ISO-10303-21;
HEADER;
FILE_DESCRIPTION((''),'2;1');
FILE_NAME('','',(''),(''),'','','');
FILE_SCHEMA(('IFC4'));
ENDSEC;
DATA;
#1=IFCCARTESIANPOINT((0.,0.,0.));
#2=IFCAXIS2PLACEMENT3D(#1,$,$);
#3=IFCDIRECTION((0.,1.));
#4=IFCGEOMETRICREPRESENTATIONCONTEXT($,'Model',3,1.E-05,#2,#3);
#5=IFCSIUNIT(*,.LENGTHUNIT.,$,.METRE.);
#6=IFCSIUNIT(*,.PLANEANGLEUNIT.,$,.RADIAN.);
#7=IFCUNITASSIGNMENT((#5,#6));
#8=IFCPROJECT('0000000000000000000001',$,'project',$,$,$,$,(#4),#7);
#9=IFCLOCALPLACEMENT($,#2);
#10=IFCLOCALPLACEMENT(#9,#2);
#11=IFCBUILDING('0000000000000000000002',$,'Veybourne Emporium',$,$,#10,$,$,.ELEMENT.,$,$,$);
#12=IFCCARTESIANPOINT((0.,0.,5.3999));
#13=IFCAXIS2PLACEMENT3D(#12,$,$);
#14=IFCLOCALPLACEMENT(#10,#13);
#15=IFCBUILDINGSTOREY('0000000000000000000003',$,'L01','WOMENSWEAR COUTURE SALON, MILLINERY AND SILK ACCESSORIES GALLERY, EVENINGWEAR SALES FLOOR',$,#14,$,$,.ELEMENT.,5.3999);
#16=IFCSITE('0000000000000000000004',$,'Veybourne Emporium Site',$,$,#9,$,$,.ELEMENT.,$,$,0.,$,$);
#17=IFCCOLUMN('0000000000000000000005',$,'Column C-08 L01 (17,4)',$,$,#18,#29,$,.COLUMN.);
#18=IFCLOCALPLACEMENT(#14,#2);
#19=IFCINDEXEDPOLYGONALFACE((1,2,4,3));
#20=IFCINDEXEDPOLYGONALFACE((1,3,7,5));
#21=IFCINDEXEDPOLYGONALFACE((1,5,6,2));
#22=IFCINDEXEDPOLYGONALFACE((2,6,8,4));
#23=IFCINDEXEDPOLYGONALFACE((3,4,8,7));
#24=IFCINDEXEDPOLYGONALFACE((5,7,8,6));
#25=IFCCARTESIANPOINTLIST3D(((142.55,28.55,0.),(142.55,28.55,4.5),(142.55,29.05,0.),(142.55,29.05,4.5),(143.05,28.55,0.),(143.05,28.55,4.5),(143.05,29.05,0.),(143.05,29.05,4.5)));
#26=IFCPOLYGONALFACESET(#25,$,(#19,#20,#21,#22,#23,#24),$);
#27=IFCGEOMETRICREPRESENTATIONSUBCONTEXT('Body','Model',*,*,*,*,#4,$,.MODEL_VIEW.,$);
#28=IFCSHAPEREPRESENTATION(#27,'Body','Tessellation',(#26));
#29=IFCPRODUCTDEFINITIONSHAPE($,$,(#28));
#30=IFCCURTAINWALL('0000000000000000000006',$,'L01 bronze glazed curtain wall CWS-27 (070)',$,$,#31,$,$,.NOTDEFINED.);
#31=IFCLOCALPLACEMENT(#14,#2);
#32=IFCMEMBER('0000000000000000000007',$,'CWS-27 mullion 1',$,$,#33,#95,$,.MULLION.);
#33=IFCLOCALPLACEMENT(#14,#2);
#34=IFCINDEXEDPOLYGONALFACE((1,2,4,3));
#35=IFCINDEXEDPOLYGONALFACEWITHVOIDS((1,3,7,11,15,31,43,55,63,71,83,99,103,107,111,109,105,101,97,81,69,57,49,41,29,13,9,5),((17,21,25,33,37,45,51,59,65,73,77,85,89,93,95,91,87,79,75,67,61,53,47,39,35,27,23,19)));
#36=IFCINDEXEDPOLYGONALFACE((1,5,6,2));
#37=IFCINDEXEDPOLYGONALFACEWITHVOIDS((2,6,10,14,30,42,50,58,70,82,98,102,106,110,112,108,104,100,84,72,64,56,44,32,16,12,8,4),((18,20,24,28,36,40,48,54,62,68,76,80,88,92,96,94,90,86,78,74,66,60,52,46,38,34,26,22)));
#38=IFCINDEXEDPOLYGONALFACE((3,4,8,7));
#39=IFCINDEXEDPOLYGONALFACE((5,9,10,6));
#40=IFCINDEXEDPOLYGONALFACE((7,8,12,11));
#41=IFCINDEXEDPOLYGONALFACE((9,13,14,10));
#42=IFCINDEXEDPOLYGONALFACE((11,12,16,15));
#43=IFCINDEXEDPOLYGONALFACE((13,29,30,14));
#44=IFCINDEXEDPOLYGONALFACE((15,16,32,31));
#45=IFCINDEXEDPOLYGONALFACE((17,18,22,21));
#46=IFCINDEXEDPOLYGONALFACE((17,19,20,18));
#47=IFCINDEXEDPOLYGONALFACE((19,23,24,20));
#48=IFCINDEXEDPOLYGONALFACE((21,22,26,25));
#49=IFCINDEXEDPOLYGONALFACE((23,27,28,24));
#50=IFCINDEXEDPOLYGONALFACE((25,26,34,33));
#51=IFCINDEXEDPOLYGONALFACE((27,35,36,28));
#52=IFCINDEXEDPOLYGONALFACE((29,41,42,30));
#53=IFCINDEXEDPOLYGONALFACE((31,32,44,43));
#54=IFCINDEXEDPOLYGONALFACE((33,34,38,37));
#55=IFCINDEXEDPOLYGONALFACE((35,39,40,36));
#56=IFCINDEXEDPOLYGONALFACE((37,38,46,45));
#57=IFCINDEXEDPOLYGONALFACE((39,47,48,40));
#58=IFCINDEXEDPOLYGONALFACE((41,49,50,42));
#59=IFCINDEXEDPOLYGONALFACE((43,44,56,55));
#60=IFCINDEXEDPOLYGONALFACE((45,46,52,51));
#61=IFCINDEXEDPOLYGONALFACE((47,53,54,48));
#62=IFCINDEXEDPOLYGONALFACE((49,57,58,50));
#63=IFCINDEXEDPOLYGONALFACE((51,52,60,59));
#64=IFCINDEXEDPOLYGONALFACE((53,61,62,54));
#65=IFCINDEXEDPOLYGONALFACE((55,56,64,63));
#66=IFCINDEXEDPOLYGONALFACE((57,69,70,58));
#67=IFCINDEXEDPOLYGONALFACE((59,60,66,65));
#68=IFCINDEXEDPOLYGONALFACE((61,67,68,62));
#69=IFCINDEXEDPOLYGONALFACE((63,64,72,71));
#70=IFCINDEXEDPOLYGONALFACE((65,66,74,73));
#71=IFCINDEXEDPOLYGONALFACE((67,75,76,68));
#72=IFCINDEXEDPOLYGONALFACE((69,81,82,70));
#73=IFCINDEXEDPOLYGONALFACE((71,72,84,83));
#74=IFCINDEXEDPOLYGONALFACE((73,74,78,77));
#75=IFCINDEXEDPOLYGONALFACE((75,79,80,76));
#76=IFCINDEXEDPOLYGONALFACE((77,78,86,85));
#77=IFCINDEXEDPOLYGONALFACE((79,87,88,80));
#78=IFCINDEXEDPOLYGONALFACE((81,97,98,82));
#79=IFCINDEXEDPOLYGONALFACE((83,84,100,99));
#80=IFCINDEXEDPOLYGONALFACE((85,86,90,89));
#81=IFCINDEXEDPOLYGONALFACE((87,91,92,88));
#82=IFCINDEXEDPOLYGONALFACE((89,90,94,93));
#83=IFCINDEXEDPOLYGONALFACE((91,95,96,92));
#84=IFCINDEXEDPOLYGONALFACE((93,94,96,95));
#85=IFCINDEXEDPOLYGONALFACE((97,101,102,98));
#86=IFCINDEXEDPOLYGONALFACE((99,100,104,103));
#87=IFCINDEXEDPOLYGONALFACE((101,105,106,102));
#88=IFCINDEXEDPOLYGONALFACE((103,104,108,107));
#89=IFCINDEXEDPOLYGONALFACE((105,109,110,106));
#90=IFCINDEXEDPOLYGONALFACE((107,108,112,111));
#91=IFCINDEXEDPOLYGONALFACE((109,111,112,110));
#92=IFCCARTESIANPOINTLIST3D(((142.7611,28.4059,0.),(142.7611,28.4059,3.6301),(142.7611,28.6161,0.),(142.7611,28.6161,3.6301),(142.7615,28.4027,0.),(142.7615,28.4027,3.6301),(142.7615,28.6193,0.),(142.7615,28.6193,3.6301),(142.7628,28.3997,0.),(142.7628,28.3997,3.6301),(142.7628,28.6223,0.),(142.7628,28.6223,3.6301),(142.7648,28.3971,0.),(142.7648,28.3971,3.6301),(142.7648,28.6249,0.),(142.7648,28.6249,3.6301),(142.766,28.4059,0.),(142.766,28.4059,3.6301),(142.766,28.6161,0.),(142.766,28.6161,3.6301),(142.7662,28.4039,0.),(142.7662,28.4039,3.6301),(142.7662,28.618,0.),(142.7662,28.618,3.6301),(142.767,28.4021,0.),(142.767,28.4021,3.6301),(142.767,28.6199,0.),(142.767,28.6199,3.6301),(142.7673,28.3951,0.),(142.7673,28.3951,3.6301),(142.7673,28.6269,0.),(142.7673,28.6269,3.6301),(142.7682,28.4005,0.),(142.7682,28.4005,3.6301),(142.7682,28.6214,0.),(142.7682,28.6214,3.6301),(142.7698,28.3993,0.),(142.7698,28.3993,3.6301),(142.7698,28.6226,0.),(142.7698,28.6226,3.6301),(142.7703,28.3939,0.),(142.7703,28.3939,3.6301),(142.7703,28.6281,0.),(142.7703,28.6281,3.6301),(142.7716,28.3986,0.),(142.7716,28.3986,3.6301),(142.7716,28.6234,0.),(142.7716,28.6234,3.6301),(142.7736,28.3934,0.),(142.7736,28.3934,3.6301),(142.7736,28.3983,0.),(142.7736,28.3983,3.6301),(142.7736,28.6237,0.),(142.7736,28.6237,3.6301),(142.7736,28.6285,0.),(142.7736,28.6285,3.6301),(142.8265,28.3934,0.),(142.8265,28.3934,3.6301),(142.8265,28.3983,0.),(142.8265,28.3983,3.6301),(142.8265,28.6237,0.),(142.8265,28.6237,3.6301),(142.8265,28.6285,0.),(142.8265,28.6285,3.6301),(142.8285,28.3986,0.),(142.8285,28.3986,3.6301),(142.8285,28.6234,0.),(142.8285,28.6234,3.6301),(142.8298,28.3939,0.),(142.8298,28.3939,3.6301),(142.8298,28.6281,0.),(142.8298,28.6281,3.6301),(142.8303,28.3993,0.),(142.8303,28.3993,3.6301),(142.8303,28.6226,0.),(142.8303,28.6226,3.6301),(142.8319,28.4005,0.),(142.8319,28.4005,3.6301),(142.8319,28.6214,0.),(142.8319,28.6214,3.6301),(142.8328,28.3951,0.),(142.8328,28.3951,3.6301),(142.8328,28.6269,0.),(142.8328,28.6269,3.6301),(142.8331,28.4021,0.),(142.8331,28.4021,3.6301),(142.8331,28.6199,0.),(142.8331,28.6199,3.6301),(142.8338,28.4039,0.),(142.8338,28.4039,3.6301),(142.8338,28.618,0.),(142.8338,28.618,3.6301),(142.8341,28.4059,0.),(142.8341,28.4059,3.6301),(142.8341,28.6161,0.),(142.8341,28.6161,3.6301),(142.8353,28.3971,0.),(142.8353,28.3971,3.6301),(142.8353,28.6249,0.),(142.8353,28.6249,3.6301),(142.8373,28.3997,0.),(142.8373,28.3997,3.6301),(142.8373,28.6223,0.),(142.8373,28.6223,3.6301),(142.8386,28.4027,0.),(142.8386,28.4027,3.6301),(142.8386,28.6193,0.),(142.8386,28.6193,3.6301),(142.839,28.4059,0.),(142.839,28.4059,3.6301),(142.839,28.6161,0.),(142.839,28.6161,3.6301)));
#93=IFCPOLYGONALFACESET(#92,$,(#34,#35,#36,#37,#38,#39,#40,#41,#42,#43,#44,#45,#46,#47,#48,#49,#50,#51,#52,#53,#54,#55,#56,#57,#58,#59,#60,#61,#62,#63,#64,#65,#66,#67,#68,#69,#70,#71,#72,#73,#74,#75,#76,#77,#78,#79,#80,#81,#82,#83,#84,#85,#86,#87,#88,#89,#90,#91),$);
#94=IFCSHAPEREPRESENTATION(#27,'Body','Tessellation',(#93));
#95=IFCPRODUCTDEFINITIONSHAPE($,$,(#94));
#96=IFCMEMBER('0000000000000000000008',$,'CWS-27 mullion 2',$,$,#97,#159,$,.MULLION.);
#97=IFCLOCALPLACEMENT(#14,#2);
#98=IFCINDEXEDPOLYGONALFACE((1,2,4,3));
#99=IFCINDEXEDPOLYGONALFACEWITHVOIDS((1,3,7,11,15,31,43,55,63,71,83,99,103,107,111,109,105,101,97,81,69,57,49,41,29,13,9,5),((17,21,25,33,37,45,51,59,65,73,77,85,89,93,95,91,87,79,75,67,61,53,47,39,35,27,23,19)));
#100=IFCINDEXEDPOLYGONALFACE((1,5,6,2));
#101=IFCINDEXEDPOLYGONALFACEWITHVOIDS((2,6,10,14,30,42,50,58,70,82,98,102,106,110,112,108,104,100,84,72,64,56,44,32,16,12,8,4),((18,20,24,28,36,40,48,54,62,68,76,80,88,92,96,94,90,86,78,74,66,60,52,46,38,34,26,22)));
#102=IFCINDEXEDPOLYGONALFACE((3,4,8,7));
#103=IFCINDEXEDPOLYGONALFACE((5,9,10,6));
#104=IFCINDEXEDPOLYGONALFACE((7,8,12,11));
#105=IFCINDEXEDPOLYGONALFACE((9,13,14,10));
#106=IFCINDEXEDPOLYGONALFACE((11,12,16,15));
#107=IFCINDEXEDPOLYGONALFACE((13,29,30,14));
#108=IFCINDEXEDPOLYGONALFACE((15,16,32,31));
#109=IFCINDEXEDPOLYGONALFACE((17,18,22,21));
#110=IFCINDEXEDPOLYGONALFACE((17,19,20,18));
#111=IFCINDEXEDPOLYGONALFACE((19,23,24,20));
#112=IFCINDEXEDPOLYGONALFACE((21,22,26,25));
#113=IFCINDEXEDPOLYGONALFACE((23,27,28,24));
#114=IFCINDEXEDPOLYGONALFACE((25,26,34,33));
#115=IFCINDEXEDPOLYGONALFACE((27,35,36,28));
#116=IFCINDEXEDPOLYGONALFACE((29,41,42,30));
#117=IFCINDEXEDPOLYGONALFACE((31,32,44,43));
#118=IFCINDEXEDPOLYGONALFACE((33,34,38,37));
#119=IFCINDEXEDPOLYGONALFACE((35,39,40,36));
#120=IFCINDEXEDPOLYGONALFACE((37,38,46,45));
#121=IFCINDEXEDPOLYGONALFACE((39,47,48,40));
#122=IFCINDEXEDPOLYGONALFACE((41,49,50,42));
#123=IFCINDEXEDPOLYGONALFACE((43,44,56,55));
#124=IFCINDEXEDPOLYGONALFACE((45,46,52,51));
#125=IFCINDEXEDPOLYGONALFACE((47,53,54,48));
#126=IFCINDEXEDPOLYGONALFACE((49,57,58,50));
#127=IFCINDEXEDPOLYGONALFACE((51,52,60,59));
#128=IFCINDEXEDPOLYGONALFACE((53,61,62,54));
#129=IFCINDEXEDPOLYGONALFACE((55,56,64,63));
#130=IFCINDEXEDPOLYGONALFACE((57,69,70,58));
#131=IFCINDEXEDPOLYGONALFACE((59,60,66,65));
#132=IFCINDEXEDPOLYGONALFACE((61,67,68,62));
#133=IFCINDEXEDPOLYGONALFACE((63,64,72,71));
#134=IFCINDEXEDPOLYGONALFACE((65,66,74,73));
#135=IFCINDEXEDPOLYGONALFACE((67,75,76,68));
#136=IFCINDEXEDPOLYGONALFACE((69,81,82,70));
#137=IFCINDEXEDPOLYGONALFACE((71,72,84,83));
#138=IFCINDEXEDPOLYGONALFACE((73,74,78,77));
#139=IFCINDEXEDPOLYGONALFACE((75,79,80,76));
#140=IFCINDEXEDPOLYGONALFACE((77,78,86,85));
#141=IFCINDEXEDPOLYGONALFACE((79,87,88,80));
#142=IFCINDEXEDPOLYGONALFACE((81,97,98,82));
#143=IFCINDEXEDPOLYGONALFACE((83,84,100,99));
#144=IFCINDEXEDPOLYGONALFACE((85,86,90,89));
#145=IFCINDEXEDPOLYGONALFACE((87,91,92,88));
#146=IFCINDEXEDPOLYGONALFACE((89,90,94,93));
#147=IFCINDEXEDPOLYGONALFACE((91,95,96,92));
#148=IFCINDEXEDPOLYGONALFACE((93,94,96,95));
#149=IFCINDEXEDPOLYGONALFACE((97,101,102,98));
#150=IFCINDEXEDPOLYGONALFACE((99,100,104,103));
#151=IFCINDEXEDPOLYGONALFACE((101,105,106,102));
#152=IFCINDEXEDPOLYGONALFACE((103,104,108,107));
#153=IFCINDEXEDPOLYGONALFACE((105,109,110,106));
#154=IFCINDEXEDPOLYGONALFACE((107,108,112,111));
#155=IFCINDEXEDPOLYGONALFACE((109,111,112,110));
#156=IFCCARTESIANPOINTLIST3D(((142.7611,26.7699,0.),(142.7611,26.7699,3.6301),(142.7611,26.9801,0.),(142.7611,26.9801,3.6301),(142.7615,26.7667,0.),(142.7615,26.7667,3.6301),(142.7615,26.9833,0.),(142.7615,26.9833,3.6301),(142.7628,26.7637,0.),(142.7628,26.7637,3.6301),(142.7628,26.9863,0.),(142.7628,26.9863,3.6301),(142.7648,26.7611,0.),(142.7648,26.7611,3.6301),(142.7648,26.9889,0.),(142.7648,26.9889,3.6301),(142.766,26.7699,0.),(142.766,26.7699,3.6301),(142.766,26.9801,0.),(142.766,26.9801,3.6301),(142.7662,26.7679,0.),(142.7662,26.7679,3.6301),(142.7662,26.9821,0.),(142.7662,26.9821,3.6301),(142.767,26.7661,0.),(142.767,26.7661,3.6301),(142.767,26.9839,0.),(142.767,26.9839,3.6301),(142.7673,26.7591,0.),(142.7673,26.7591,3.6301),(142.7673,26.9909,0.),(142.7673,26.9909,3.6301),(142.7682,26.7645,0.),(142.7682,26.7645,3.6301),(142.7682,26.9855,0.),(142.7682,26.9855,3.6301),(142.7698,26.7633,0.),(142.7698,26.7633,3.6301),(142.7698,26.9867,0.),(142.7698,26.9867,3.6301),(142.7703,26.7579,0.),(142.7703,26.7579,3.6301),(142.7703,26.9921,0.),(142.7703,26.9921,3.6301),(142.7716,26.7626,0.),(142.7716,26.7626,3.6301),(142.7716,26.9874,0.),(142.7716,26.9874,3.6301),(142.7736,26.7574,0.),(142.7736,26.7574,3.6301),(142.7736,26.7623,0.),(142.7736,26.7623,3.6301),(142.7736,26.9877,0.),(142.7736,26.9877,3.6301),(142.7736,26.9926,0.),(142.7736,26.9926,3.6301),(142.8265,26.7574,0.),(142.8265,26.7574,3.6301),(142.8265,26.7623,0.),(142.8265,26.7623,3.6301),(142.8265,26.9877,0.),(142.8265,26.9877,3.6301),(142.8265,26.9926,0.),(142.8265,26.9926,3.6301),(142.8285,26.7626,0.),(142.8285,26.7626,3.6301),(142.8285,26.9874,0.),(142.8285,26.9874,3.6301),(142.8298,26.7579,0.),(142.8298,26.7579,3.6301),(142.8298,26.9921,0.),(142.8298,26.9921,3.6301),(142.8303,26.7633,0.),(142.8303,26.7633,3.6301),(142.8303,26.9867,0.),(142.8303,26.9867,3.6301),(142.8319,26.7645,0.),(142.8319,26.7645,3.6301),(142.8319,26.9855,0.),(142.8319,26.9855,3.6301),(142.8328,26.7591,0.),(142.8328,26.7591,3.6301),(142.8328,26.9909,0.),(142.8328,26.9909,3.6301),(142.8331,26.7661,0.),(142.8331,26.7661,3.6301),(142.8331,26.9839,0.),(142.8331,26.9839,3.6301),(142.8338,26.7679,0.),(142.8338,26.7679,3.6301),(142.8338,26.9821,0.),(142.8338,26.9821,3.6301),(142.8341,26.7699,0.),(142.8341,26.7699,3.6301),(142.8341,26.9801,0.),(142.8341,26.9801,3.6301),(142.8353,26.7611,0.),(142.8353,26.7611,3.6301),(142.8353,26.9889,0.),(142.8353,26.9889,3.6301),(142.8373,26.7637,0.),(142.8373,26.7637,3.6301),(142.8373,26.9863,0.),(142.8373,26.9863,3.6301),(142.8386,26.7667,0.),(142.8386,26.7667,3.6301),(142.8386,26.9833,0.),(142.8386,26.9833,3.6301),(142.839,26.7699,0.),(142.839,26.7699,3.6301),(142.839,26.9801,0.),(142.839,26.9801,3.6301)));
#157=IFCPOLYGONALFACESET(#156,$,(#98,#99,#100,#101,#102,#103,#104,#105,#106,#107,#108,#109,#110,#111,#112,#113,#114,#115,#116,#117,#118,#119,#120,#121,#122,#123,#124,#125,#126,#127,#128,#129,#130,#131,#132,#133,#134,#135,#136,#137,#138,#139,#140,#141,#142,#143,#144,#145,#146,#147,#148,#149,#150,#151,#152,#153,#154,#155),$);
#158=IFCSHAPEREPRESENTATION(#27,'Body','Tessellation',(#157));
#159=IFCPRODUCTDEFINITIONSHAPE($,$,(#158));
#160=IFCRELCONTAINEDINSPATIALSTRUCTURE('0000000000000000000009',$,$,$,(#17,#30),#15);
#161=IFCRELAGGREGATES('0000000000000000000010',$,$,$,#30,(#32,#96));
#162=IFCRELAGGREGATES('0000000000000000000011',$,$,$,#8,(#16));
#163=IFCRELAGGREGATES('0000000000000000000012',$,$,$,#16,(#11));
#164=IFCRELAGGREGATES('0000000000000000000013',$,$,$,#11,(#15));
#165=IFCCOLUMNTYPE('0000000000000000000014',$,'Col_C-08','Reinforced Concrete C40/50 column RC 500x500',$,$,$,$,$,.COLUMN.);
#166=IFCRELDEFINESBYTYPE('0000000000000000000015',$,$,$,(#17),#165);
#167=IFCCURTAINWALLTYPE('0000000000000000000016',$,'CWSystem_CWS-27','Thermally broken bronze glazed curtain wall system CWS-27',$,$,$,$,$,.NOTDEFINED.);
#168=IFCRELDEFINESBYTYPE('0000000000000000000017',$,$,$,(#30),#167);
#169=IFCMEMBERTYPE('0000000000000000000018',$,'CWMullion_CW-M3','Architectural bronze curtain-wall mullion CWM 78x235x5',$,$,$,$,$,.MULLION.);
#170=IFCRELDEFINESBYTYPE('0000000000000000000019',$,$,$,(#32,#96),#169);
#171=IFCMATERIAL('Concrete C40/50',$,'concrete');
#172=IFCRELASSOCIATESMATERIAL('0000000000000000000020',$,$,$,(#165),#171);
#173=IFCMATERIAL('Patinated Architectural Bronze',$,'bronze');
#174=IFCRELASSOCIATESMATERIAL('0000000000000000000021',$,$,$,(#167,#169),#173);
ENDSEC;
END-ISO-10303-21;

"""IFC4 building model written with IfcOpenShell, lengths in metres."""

from ifc_helpers import new_model, si_unit, direction, frame, origin, origin_2d, place, context, subcontext, project, spatial, rectangle, hollow_rectangle, extrude, material, material_profile, profile_set, type_object, element, aggregate, save


model = new_model("IFC4")

# Units and contexts
model_context = context("Model", 3, precision=1e-05, world=origin(), true_north=direction((0.0, 1.0)))
body_context = subcontext(model_context, "Body", "Model", "MODEL_VIEW")
ifc_project = project(units=[si_unit("LENGTHUNIT", "METRE"), si_unit("PLANEANGLEUNIT", "RADIAN")], contexts=[model_context])

# Site, building, storey
site_placement = place(None, origin())
site = spatial("IfcSite", under=ifc_project, at=site_placement, Name="Veybourne Emporium Site", CompositionType="ELEMENT", RefElevation=0.0)
building_placement = place(site_placement, origin())
building = spatial("IfcBuilding", under=site, at=building_placement, Name="Veybourne Emporium", CompositionType="ELEMENT")
storey_placement = place(building_placement, frame((0.0, 0.0, 5.3999)))
storey = spatial("IfcBuildingStorey", under=building, at=storey_placement, Name="L01", Description="WOMENSWEAR COUTURE SALON, MILLINERY AND SILK ACCESSORIES GALLERY, EVENINGWEAR SALES FLOOR", CompositionType="ELEMENT", Elevation=5.3999)

# Column
ifc_material_1 = material(Name="Concrete C40/50", Category="concrete")
ifc_material_profile_1 = material_profile(ifc_material_1, rectangle(XDim=0.5, YDim=0.5, at=origin_2d()), Name="RC 500x500")
ifc_profile_set_1 = profile_set([ifc_material_profile_1], Name="Concrete C40/50")
column_type = type_object("IfcColumnType", Name="Col_C-08", Description="Reinforced Concrete C40/50 column RC 500x500", PredefinedType="COLUMN", material=ifc_profile_set_1)
column_placement = place(storey_placement, frame((142.8, 28.8, 0.0), z_axis=(0.0, 0.0, 1.0), x_axis=(1.0, 0.0, 0.0)))
element("IfcColumn", 1, at=column_placement, inside=storey, type_object=column_type, Name="Column C-08 L01 (17,4)", PredefinedType="COLUMN", context=body_context, shape_type="SweptSolid", body=[
    extrude(rectangle(XDim=0.5, YDim=0.5, at=origin_2d()), origin(), (0.0, 0.0, 1.0), 4.5),
])

# Curtain wall, members
ifc_material_2 = material(Name="Patinated Architectural Bronze", Category="bronze")
curtain_wall_type = type_object("IfcCurtainWallType", Name="CWSystem_CWS-27", Description="Thermally broken bronze glazed curtain wall system CWS-27", PredefinedType="NOTDEFINED", material=ifc_material_2)
curtain_wall_placement = place(storey_placement, origin())
curtain_wall = element("IfcCurtainWall", 2, at=curtain_wall_placement, inside=storey, type_object=curtain_wall_type, Name="L01 bronze glazed curtain wall CWS-27 (070)", PredefinedType="NOTDEFINED")
ifc_material_profile_2 = material_profile(ifc_material_2, hollow_rectangle(XDim=0.0779, YDim=0.2351, WallThickness=0.0049, InnerFilletRadius=0.0076, OuterFilletRadius=0.0125, at=origin_2d()), Name="CWM 78x235x5")
ifc_profile_set_2 = profile_set([ifc_material_profile_2], Name="Patinated Architectural Bronze")
member_type_1 = type_object("IfcMemberType", Name="CWMullion_CW-M3", Description="Architectural bronze curtain-wall mullion CWM 78x235x5", PredefinedType="MULLION", material=ifc_profile_set_2)
member_1_placement = place(storey_placement, frame((142.8, 28.511, 0.0), z_axis=(0.0, 0.0, 1.0), x_axis=(1.0, 0.0, 0.0)))
member_1 = element("IfcMember", 3, at=member_1_placement, type_object=member_type_1, Name="CWS-27 mullion 1", PredefinedType="MULLION", context=body_context, shape_type="SweptSolid", body=[
    extrude(hollow_rectangle(XDim=0.0779, YDim=0.2351, WallThickness=0.0049, InnerFilletRadius=0.0076, OuterFilletRadius=0.0125, at=origin_2d()), origin(), (0.0, 0.0, 1.0), 3.6301),
])
member_2_placement = place(storey_placement, frame((142.8, 26.875, 0.0), z_axis=(0.0, 0.0, 1.0), x_axis=(1.0, 0.0, 0.0)))
member_2 = element("IfcMember", 4, at=member_2_placement, type_object=member_type_1, Name="CWS-27 mullion 2", PredefinedType="MULLION", context=body_context, shape_type="SweptSolid", body=[
    extrude(hollow_rectangle(XDim=0.0779, YDim=0.2351, WallThickness=0.0049, InnerFilletRadius=0.0076, OuterFilletRadius=0.0125, at=origin_2d()), origin(), (0.0, 0.0, 1.0), 3.6301),
])
aggregate(curtain_wall, [member_1, member_2])

save(model, "model.ifc")
